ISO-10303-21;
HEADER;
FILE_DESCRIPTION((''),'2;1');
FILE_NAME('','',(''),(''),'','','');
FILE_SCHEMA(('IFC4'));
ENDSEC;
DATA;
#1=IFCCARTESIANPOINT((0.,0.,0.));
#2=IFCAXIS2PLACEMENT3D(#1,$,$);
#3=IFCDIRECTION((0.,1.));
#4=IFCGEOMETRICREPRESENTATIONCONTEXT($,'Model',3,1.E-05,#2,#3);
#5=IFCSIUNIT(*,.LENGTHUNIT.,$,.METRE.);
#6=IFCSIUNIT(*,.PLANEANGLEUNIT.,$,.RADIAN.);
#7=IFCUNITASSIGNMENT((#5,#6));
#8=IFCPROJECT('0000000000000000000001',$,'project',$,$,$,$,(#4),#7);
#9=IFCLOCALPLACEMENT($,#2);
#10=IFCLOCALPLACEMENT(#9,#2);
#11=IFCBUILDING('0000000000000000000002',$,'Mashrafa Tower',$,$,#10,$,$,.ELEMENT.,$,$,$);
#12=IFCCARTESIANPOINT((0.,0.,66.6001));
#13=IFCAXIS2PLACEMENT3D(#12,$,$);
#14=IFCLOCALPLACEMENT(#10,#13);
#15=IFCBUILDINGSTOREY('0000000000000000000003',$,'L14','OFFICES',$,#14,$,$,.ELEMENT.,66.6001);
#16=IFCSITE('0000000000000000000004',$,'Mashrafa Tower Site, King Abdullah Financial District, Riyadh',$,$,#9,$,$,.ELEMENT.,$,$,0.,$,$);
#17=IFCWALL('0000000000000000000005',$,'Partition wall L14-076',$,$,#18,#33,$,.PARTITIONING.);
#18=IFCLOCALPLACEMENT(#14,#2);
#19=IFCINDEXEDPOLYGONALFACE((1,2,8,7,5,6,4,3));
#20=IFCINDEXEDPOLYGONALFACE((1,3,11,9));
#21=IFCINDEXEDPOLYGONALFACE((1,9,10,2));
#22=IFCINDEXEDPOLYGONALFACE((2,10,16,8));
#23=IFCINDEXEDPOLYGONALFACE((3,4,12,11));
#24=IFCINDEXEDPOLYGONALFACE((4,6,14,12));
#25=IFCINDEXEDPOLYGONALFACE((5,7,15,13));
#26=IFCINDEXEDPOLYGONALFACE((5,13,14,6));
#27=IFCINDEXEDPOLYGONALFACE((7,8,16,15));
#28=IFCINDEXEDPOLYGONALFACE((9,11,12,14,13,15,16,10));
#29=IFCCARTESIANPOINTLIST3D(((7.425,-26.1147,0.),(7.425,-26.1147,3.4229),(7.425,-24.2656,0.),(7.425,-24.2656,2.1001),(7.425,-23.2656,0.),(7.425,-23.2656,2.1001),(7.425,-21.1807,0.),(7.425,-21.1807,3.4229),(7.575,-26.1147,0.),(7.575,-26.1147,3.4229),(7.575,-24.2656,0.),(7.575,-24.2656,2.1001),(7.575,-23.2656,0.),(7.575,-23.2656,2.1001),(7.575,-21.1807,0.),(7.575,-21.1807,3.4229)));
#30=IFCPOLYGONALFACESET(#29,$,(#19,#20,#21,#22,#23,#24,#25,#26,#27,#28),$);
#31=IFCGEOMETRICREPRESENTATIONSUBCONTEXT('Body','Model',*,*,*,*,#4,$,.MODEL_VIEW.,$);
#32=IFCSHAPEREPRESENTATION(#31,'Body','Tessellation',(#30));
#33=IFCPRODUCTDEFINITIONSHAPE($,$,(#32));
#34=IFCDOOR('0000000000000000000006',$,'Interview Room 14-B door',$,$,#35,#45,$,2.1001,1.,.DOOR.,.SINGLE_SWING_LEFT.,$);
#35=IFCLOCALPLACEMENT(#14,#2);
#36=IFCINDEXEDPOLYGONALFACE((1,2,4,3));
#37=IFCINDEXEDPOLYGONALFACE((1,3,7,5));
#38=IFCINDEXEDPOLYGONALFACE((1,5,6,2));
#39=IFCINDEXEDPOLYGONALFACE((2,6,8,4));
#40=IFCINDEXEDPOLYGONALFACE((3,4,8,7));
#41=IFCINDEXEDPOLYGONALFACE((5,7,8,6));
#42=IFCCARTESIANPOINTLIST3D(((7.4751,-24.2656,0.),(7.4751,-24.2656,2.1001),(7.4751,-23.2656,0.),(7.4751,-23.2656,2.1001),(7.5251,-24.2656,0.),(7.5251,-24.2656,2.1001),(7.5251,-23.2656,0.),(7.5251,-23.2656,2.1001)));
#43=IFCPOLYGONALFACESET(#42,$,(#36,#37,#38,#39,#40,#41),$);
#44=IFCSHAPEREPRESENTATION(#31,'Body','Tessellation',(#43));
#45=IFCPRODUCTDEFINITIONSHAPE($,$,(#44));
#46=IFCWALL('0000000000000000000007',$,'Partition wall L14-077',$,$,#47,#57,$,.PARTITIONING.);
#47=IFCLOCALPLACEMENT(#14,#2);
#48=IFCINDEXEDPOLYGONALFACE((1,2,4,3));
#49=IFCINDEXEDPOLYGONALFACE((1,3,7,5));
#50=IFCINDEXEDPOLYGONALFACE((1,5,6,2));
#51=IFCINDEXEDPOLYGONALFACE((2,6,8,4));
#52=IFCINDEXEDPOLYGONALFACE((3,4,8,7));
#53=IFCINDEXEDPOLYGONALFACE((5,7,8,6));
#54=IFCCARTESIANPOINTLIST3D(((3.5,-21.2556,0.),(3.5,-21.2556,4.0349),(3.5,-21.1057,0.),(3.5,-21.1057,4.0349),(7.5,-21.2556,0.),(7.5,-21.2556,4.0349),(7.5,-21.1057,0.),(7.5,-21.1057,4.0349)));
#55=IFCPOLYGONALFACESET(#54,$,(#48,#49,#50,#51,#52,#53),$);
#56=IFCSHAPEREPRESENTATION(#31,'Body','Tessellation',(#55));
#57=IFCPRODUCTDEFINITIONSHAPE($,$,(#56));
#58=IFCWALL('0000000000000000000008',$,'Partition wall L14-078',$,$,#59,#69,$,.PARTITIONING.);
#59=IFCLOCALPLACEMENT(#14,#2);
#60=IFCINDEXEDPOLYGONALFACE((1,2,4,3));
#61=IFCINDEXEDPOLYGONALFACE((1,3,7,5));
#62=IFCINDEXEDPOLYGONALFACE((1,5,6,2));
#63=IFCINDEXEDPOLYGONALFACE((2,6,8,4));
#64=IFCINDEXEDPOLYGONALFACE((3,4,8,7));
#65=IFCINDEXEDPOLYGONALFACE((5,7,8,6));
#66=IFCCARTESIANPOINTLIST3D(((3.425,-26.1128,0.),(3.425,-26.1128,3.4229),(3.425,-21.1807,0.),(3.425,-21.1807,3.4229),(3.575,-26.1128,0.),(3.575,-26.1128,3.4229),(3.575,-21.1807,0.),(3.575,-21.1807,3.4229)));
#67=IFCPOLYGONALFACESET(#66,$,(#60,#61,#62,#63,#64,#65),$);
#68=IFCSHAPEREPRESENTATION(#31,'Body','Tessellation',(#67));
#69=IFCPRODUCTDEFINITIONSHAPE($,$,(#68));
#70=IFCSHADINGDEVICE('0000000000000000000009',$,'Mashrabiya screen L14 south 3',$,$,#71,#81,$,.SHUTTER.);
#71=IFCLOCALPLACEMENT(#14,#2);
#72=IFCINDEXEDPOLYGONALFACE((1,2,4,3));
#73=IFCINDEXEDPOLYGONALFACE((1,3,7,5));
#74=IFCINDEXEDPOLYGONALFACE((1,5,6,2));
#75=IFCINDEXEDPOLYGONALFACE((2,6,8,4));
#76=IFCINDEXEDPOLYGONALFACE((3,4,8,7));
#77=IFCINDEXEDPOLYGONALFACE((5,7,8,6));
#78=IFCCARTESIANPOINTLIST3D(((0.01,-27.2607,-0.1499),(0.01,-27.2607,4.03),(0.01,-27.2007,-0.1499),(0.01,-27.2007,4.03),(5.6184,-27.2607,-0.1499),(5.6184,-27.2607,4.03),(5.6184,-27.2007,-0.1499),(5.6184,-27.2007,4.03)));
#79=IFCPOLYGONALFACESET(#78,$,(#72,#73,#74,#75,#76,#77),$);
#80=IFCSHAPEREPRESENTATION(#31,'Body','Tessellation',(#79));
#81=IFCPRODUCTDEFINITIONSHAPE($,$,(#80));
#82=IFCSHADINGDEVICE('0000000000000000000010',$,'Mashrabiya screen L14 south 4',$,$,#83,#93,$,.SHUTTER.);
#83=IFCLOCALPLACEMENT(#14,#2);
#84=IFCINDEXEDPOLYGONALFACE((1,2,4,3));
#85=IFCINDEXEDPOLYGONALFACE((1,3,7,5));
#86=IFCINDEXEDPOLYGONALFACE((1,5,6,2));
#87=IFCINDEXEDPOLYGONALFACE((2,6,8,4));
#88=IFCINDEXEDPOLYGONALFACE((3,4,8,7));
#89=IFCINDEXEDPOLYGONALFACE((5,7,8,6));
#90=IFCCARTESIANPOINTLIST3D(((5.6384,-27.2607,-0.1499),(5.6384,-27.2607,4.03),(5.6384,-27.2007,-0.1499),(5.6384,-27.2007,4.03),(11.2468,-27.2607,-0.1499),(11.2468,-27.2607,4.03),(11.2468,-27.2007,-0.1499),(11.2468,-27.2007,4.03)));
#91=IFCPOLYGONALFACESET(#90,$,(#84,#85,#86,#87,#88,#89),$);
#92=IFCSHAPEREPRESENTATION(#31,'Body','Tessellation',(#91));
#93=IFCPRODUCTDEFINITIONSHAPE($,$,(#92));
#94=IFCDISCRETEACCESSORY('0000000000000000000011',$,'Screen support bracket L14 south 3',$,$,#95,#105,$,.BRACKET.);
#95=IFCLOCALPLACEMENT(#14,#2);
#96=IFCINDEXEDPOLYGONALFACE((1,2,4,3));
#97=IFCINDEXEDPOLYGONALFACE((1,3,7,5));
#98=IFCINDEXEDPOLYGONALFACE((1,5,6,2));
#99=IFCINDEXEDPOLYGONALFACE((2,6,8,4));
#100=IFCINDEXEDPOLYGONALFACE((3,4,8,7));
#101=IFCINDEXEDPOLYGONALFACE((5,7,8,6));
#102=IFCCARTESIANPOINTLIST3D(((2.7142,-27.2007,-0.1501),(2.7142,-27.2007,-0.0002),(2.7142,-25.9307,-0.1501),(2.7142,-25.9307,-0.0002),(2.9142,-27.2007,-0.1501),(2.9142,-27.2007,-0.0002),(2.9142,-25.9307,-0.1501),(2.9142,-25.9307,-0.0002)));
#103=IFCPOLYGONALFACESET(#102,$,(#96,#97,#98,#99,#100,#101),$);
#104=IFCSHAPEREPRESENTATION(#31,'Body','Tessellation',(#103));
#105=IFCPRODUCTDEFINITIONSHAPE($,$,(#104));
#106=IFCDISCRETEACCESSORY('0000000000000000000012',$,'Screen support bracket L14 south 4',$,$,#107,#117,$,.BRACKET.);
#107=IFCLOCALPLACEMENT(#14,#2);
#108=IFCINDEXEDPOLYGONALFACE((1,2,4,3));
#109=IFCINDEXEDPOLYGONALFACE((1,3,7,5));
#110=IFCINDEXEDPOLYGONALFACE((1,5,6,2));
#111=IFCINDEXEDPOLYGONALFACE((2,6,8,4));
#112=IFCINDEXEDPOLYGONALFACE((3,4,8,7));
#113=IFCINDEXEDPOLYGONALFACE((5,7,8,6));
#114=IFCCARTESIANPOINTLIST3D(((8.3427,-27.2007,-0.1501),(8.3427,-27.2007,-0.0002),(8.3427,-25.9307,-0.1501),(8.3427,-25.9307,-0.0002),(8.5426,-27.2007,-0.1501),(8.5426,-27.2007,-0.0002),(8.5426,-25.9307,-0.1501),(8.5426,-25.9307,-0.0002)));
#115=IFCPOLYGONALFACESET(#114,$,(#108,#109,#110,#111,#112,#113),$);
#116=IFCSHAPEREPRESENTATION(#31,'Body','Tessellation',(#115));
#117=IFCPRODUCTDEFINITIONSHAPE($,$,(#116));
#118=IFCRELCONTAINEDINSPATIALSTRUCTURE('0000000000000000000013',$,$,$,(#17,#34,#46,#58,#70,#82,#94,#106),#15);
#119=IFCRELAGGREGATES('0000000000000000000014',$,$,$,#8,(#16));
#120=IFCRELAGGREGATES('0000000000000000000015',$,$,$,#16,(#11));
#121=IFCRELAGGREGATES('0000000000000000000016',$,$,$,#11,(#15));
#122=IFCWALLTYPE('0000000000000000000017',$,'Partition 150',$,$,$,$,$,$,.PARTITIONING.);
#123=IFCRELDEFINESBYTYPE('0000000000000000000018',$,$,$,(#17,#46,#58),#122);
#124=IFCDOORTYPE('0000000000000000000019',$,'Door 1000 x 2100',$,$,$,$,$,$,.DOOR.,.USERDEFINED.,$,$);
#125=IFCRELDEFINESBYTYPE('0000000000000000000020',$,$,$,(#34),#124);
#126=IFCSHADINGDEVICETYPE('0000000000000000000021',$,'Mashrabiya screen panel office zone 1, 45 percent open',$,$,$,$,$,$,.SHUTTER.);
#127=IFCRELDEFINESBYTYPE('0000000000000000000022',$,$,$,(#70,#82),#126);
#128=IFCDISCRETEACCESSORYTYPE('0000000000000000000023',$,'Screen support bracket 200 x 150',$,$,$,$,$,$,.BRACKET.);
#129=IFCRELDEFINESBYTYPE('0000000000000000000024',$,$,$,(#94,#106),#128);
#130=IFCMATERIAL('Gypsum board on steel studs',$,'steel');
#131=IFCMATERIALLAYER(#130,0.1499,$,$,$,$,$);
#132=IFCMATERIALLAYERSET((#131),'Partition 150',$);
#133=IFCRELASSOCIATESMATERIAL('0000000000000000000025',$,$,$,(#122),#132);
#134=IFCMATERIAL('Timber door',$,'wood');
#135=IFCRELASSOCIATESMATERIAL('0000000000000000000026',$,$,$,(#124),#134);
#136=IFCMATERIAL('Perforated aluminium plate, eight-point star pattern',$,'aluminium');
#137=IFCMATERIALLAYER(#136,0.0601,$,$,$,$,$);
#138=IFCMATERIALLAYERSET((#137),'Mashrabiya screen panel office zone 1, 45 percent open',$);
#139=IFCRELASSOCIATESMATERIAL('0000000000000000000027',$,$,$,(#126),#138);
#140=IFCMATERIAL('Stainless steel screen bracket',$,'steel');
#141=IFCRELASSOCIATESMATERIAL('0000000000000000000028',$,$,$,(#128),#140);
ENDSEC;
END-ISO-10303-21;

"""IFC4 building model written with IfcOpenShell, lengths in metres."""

from ifc_helpers import new_model, si_unit, direction, frame, frame_2d, origin, origin_2d, place, context, subcontext, project, spatial, rectangle, extrude, source, transform, mapped, material, layer, layer_set, type_object, type_shapes, element, fill, save


model = new_model("IFC4")

# Units and contexts
model_context = context("Model", 3, precision=1e-05, world=origin(), true_north=direction((0.0, 1.0)))
body_context = subcontext(model_context, "Body", "Model", "MODEL_VIEW")
ifc_project = project(units=[si_unit("LENGTHUNIT", "METRE"), si_unit("PLANEANGLEUNIT", "RADIAN")], contexts=[model_context])

# Site, building, storey
site_placement = place(None, origin())
site = spatial("IfcSite", under=ifc_project, at=site_placement, Name="Mashrafa Tower Site, King Abdullah Financial District, Riyadh", CompositionType="ELEMENT", RefElevation=0.0)
building_placement = place(site_placement, origin())
building = spatial("IfcBuilding", under=site, at=building_placement, Name="Mashrafa Tower", CompositionType="ELEMENT")
storey_placement = place(building_placement, frame((0.0, 0.0, 66.6001)))
storey = spatial("IfcBuildingStorey", under=building, at=storey_placement, Name="L14", Description="OFFICES", CompositionType="ELEMENT", Elevation=66.6001)

# Shared definitions
ifc_material_1 = material(Name="Gypsum board on steel studs", Category="steel")
ifc_layer_1 = layer(ifc_material_1, 0.1499)
ifc_layer_set_1 = layer_set([ifc_layer_1], Name="Partition 150")
wall_type_1 = type_object("IfcWallType", Name="Partition 150", PredefinedType="PARTITIONING", material=ifc_layer_set_1)

# Wall, opening, door
ifc_material_2 = material(Name="Timber door", Category="wood")
door_type_1 = type_object("IfcDoorType", Name="Door 1000 x 2100", OperationType="USERDEFINED", PredefinedType="DOOR", material=ifc_material_2)
wall_1_placement = place(storey_placement, frame((7.5, -26.1147, 0.0), z_axis=(0.0, 0.0, 1.0), x_axis=(0.0, 1.0, 0.0)))
wall_1 = element("IfcWall", 1, at=wall_1_placement, inside=storey, type_object=wall_type_1, Name="Partition wall L14-076", PredefinedType="PARTITIONING", context=body_context, shape_type="SweptSolid", body=[
    extrude(rectangle(XDim=4.9341, YDim=0.1499, at=frame_2d((2.467, 0.0))), origin(), (0.0, 0.0, 1.0), 3.4229),
])
opening_1_placement = place(wall_1_placement, frame((1.8491, 0.0, 0.0)))
opening_1 = element("IfcOpeningElement", 2, at=opening_1_placement, cuts=wall_1, PredefinedType="OPENING", context=body_context, shape_type="SweptSolid", body=[
    extrude(rectangle(XDim=1.0, YDim=2.1001, at=frame_2d((0.5, 1.05))), frame((0.0, 0.085, 0.0), z_axis=(0.0, -1.0, 0.0), x_axis=(1.0, 0.0, 0.0)), (0.0, 0.0, 1.0), 0.1699),
])
door_1_placement = place(opening_1_placement, origin())
door_1 = element("IfcDoor", 3, at=door_1_placement, inside=storey, type_object=door_type_1, Name="Interview Room 14-B door", OperationType="SINGLE_SWING_LEFT", OverallHeight=2.1001, OverallWidth=1.0, PredefinedType="DOOR", context=body_context, shape_type="SweptSolid", body=[
    extrude(rectangle(XDim=1.0, YDim=2.1001, at=frame_2d((0.5, 1.05))), frame((0.0, 0.0249, 0.0), z_axis=(0.0, -1.0, 0.0), x_axis=(1.0, 0.0, 0.0)), (0.0, 0.0, 1.0), 0.05),
])
fill(opening_1, door_1)

# Walls
wall_2_placement = place(storey_placement, frame((7.5, -21.1807, 0.0), z_axis=(0.0, 0.0, 1.0), x_axis=(-1.0, 0.0, 0.0)))
element("IfcWall", 4, at=wall_2_placement, inside=storey, type_object=wall_type_1, Name="Partition wall L14-077", PredefinedType="PARTITIONING", context=body_context, shape_type="SweptSolid", body=[
    extrude(rectangle(XDim=4.0, YDim=0.1499, at=frame_2d((2.0, 0.0))), origin(), (0.0, 0.0, 1.0), 4.0349),
])
wall_3_placement = place(storey_placement, frame((3.5, -21.1807, 0.0), z_axis=(0.0, 0.0, 1.0), x_axis=(0.0, -1.0, 0.0)))
element("IfcWall", 5, at=wall_3_placement, inside=storey, type_object=wall_type_1, Name="Partition wall L14-078", PredefinedType="PARTITIONING", context=body_context, shape_type="SweptSolid", body=[
    extrude(rectangle(XDim=4.9321, YDim=0.1499, at=frame_2d((2.4661, 0.0))), origin(), (0.0, 0.0, 1.0), 3.4229),
])

# Shading devices
ifc_material_3 = material(Name="Perforated aluminium plate, eight-point star pattern", Category="aluminium")
ifc_layer_2 = layer(ifc_material_3, 0.0601)
ifc_layer_set_2 = layer_set([ifc_layer_2], Name="Mashrabiya screen panel office zone 1, 45 percent open")
shading_device_type = type_object("IfcShadingDeviceType", Name="Mashrabiya screen panel office zone 1, 45 percent open", PredefinedType="SHUTTER", material=ifc_layer_set_2)
shared_shape_1 = source(origin(), body_context, "Body", "SweptSolid", [
    extrude(rectangle(XDim=5.6084, YDim=0.0601, at=origin_2d()), origin(), (0.0, 0.0, 1.0), 4.1799),
])
type_shapes(shading_device_type, [shared_shape_1])
for number, where, z_axis, x_axis, name in (
    (6, (2.8142, -27.2307, -0.1499), (0.0, 0.0, 1.0), (1.0, 0.0, 0.0), "Mashrabiya screen L14 south 3"),
    (7, (8.4426, -27.2307, -0.1499), (0.0, 0.0, 1.0), (1.0, 0.0, 0.0), "Mashrabiya screen L14 south 4"),
):
    element("IfcShadingDevice", number, at=place(storey_placement, frame(where, z_axis=z_axis, x_axis=x_axis)), inside=storey, type_object=shading_device_type, Name=name, PredefinedType="SHUTTER", context=body_context, shape_type="MappedRepresentation", body=[
        mapped(shared_shape_1, transform((0.0, 0.0, 0.0))),
    ])

# Discrete accessories
ifc_material_4 = material(Name="Stainless steel screen bracket", Category="steel")
discrete_accessory_type = type_object("IfcDiscreteAccessoryType", Name="Screen support bracket 200 x 150", PredefinedType="BRACKET", material=ifc_material_4)
shared_shape_2 = source(origin(), body_context, "Body", "SweptSolid", [
    extrude(rectangle(XDim=0.2, YDim=1.27, at=origin_2d()), origin(), (0.0, 0.0, 1.0), 0.1499),
])
type_shapes(discrete_accessory_type, [shared_shape_2])
for number, where, z_axis, x_axis, name in (
    (8, (2.8142, -26.5657, -0.1501), (0.0, 0.0, 1.0), (1.0, 0.0, 0.0), "Screen support bracket L14 south 3"),
    (9, (8.4426, -26.5657, -0.1501), (0.0, 0.0, 1.0), (1.0, 0.0, 0.0), "Screen support bracket L14 south 4"),
):
    element("IfcDiscreteAccessory", number, at=place(storey_placement, frame(where, z_axis=z_axis, x_axis=x_axis)), inside=storey, type_object=discrete_accessory_type, Name=name, PredefinedType="BRACKET", context=body_context, shape_type="MappedRepresentation", body=[
        mapped(shared_shape_2, transform((0.0, 0.0, 0.0))),
    ])

save(model, "model.ifc")
